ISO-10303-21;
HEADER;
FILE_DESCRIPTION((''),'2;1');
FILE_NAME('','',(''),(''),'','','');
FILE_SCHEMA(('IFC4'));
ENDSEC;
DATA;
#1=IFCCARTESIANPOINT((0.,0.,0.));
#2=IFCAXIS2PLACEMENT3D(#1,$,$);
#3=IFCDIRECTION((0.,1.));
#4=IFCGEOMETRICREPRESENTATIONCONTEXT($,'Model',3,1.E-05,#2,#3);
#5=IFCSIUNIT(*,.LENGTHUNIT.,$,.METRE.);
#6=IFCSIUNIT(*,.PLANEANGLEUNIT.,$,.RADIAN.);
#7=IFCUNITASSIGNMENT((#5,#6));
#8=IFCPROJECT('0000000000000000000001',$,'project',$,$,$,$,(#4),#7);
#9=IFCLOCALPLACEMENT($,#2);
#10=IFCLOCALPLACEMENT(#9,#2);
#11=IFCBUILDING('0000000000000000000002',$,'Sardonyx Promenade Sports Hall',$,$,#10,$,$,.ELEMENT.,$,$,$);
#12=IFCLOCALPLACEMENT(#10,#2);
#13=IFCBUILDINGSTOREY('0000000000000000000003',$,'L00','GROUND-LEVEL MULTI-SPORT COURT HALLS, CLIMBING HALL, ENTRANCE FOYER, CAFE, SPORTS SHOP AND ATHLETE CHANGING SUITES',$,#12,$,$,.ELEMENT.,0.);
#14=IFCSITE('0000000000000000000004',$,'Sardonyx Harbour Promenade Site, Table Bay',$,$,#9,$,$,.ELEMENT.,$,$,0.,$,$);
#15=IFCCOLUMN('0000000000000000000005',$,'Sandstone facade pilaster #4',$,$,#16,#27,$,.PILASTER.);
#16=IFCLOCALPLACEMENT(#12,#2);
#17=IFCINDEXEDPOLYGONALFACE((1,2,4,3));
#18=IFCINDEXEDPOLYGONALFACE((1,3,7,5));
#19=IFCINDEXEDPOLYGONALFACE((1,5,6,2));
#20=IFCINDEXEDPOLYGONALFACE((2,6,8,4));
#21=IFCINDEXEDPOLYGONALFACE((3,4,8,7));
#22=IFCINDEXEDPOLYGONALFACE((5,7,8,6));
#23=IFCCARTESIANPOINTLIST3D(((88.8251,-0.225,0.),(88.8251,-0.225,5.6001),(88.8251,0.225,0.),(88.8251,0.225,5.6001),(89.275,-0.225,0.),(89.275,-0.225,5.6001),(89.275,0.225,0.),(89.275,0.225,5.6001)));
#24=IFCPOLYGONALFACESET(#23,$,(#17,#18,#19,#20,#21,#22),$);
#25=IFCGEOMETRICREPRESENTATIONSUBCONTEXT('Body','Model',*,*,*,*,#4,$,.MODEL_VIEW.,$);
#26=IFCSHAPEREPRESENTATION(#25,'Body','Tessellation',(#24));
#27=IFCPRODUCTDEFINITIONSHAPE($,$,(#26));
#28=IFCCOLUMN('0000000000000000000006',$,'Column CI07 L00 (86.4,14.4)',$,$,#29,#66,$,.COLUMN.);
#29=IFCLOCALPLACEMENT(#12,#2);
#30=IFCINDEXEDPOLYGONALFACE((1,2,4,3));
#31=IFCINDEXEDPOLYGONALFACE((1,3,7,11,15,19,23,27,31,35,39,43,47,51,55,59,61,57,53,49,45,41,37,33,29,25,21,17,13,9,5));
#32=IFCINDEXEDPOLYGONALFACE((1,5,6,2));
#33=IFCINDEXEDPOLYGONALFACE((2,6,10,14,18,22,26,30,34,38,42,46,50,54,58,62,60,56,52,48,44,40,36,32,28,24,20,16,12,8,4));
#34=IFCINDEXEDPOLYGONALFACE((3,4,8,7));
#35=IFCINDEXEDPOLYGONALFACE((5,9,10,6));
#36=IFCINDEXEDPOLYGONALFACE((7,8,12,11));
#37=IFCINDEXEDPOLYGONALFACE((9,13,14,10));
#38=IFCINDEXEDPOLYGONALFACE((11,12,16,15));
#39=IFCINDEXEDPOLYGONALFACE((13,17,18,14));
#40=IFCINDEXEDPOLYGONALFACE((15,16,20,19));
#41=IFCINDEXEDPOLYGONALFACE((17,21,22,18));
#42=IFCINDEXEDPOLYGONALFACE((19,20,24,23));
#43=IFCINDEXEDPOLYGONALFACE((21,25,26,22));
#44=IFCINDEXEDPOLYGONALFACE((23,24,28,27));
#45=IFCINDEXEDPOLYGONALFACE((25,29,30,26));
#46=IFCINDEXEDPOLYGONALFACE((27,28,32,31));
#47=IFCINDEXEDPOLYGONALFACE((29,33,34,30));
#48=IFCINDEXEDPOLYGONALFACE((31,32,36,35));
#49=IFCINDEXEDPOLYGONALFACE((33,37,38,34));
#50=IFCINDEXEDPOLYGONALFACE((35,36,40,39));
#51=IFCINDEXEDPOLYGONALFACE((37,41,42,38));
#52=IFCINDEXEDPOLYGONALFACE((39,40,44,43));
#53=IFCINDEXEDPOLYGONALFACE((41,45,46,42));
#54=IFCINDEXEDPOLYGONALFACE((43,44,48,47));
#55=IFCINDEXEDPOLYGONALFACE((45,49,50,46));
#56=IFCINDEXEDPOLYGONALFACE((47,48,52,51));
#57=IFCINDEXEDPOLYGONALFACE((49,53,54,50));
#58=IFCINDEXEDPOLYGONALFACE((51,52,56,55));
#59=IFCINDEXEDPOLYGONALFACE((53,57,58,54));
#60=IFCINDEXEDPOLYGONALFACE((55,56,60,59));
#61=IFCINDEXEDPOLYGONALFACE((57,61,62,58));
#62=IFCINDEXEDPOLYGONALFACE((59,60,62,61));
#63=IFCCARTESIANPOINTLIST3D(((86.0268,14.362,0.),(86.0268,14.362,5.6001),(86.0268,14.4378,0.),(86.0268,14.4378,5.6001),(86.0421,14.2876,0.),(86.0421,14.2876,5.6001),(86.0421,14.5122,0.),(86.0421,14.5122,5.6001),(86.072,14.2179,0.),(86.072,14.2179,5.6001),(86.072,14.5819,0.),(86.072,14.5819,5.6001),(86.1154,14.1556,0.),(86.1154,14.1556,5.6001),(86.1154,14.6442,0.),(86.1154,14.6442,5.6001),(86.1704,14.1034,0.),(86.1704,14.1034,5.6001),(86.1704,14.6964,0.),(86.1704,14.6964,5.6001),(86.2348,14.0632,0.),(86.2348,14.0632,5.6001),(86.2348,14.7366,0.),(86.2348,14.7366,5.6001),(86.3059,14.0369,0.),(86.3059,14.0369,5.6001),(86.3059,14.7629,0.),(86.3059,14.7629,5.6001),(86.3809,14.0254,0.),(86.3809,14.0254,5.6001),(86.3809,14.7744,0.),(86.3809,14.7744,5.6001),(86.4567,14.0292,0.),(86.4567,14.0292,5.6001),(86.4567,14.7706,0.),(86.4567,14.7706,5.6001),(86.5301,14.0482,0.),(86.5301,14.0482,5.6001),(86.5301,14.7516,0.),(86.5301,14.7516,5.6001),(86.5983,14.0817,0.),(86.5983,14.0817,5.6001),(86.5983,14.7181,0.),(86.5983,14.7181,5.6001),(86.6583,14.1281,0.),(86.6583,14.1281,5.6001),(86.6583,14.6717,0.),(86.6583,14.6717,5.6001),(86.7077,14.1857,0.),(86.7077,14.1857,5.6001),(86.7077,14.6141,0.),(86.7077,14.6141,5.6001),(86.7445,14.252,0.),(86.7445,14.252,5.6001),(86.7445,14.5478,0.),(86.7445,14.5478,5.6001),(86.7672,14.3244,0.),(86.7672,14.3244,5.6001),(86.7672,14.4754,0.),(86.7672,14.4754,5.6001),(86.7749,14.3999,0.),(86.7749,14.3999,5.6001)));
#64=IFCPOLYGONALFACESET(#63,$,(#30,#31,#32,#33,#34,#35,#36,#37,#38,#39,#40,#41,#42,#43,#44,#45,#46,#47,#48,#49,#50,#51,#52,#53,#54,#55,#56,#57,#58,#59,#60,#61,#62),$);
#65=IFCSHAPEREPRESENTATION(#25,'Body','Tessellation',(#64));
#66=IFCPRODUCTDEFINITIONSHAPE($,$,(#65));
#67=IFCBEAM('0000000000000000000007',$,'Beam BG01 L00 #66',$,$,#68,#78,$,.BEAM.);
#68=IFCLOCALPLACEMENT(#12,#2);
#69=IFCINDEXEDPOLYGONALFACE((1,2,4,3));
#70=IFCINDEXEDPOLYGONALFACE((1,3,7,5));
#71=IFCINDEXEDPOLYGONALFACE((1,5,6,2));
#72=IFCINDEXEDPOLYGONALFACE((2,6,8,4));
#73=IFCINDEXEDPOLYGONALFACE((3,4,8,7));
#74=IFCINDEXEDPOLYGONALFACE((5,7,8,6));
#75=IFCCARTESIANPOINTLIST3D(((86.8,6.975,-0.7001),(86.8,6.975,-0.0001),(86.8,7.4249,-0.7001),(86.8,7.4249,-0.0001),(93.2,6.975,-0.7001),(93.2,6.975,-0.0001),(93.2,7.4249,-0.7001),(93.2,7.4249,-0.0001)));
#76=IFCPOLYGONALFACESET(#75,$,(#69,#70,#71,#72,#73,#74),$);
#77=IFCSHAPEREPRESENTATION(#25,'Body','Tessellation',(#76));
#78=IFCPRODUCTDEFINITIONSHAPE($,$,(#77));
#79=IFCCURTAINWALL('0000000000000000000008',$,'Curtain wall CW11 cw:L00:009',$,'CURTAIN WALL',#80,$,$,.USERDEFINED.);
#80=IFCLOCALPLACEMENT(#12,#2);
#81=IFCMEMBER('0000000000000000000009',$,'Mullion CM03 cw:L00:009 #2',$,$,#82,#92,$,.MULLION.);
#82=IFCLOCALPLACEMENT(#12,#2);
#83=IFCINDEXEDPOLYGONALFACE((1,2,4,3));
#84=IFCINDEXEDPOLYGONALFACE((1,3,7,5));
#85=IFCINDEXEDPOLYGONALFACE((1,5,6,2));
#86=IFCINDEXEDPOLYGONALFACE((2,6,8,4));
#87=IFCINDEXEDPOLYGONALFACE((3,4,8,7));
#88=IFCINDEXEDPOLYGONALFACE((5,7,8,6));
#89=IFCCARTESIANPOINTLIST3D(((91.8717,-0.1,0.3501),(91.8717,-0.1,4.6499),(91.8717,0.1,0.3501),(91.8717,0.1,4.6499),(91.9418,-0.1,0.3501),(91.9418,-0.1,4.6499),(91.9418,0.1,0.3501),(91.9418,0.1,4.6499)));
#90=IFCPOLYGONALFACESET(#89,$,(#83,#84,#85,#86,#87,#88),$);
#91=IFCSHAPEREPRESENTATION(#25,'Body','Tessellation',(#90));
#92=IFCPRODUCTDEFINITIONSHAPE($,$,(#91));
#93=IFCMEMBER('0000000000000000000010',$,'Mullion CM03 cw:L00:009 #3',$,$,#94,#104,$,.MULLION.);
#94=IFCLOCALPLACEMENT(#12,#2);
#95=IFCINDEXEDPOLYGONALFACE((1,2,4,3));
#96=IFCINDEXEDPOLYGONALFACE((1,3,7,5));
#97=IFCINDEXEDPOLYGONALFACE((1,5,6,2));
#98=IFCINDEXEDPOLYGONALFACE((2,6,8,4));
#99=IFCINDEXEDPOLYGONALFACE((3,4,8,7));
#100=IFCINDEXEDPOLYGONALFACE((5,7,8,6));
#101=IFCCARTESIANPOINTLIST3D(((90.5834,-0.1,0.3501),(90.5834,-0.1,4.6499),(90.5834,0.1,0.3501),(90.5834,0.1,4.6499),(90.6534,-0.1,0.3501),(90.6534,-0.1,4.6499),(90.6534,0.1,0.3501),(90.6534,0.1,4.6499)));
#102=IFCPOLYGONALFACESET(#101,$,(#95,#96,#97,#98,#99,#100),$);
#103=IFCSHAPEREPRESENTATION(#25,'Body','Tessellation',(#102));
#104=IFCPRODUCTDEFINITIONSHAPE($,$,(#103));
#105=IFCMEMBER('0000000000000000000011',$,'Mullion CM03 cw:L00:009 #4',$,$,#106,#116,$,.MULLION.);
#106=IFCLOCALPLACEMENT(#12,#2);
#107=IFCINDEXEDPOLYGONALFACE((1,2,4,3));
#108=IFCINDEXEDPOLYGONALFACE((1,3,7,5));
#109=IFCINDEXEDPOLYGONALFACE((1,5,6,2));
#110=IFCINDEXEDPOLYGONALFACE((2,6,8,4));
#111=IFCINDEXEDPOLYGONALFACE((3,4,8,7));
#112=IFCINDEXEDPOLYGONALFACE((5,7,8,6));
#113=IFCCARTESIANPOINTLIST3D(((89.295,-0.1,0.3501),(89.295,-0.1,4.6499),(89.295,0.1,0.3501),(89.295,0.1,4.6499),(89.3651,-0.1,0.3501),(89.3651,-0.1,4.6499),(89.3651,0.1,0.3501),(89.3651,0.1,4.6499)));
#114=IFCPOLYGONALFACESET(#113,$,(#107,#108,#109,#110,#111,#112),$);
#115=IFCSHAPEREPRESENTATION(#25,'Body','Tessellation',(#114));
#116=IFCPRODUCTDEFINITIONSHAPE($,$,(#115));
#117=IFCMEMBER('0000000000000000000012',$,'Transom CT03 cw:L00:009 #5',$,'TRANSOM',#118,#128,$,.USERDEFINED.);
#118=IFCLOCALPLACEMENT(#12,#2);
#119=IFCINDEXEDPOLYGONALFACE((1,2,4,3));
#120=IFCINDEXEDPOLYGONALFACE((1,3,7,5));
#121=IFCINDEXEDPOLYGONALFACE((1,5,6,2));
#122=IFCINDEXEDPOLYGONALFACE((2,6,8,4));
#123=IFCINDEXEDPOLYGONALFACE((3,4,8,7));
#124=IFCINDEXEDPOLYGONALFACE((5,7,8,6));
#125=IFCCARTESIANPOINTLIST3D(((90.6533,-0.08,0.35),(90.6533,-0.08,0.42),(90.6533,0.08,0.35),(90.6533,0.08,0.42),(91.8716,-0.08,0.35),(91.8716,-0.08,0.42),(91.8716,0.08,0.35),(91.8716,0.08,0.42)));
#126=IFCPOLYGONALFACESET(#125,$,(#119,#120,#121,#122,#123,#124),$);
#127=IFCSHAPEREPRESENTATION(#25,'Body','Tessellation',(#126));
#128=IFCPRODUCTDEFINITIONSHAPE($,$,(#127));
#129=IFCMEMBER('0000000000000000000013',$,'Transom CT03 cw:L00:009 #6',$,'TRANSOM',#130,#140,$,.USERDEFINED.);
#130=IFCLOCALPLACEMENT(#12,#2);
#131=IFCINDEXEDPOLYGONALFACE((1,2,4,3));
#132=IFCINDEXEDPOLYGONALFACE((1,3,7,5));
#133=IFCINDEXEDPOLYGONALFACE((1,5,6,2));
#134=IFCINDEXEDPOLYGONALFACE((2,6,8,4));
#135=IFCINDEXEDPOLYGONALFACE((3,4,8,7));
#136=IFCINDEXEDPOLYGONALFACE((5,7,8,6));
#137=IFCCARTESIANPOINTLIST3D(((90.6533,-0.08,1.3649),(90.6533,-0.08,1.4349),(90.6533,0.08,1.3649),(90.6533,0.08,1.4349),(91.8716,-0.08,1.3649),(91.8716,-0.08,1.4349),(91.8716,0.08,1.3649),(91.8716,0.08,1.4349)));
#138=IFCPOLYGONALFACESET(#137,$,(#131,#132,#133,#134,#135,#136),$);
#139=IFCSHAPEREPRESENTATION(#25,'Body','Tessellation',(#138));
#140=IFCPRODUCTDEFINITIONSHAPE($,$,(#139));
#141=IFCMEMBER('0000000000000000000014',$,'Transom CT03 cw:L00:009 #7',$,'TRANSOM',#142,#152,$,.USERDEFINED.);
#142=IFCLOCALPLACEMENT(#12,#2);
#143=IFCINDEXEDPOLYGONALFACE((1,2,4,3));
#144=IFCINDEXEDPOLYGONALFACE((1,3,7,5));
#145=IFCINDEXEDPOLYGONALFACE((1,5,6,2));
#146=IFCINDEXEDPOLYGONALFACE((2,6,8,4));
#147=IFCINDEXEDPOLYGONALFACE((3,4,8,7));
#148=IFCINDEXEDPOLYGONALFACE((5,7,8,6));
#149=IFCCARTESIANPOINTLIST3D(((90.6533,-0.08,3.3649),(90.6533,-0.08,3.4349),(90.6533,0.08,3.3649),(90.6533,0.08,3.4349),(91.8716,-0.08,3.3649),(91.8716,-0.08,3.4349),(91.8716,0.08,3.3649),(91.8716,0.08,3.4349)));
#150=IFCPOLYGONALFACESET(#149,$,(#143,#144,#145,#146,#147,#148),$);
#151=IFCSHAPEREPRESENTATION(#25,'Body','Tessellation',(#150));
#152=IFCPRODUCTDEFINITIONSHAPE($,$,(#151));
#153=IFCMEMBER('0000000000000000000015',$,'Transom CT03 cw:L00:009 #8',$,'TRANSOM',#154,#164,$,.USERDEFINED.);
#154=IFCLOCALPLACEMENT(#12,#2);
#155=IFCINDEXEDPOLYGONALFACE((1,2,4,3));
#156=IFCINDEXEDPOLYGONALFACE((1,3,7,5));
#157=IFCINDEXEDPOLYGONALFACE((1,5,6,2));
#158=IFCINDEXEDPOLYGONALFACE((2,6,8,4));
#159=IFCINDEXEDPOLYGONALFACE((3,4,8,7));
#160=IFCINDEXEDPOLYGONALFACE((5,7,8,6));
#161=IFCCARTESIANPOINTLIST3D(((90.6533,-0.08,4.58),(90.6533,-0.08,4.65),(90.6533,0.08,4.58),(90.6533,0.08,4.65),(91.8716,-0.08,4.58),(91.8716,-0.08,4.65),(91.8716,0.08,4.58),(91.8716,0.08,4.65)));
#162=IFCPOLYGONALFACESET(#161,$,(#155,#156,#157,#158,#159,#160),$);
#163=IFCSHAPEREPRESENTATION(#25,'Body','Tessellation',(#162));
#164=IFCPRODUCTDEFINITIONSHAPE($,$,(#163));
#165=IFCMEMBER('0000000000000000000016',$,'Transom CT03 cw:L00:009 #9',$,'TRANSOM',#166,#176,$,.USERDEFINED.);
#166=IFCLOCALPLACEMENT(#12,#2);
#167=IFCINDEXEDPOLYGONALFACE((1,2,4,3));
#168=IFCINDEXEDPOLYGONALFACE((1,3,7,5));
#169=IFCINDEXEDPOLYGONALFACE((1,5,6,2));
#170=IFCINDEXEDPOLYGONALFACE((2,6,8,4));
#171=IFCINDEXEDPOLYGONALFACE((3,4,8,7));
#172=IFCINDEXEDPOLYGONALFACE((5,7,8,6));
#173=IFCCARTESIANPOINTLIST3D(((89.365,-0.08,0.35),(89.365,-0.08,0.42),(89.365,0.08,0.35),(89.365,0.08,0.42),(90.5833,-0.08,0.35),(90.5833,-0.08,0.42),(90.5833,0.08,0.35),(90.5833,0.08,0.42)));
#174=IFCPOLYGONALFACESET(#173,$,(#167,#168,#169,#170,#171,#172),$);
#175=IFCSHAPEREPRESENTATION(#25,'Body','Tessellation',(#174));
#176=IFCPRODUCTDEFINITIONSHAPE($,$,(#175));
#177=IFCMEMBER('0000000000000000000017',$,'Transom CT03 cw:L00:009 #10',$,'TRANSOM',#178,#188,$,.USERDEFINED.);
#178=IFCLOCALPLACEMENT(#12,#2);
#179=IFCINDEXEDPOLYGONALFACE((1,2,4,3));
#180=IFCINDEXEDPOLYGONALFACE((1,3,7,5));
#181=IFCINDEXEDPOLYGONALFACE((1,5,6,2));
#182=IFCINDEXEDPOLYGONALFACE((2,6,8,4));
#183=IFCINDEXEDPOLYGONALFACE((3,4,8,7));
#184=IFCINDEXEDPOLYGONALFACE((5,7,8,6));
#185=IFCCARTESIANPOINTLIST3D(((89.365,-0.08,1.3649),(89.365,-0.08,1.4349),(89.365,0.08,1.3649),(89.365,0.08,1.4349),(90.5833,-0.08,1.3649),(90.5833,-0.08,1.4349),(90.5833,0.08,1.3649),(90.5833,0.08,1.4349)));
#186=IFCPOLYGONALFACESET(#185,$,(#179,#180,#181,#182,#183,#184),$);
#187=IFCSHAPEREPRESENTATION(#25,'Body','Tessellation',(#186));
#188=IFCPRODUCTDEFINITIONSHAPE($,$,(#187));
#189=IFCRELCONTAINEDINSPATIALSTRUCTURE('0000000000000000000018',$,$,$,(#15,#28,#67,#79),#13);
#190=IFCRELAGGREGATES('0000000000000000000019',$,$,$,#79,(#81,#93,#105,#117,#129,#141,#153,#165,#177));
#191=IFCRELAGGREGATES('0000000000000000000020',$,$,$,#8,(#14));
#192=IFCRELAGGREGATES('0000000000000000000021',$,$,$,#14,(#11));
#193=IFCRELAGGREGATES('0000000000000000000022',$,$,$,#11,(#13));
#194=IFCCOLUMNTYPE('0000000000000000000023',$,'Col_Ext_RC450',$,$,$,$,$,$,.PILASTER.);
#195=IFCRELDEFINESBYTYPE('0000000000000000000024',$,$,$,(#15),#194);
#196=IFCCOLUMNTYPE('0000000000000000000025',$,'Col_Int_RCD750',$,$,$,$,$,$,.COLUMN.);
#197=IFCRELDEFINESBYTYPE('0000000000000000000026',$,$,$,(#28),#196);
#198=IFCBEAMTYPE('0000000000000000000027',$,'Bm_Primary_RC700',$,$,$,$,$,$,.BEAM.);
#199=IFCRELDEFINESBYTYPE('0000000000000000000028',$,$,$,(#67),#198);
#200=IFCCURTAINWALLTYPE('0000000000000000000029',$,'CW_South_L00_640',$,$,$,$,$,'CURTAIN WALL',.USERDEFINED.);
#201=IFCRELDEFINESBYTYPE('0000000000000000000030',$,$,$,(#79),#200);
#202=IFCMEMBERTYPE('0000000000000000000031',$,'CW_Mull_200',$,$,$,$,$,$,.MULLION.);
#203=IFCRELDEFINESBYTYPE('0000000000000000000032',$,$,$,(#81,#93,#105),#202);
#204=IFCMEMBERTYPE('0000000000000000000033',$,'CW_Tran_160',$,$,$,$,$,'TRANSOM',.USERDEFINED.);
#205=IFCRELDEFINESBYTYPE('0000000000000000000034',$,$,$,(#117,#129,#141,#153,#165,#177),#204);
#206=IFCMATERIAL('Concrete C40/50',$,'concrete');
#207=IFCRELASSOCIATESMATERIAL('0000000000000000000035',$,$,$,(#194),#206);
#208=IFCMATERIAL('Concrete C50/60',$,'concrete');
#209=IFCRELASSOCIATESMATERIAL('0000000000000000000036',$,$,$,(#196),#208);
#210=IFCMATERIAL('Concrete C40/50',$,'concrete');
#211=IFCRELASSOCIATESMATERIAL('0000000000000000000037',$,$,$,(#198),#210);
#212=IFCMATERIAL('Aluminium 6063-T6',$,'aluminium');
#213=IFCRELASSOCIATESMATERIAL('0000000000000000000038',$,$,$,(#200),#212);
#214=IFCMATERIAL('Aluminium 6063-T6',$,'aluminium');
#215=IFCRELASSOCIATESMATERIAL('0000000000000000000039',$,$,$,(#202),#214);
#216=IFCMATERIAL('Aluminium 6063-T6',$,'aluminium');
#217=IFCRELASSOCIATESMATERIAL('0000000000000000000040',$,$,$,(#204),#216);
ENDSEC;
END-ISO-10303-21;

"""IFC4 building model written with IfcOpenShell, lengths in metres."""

from ifc_helpers import new_model, si_unit, direction, frame, origin, origin_2d, place, context, subcontext, project, spatial, rectangle, circle, extrude, material, material_profile, profile_set, type_object, element, aggregate, save


model = new_model("IFC4")

# Units and contexts
model_context = context("Model", 3, precision=1e-05, world=origin(), true_north=direction((0.0, 1.0)))
body_context = subcontext(model_context, "Body", "Model", "MODEL_VIEW")
ifc_project = project(units=[si_unit("LENGTHUNIT", "METRE"), si_unit("PLANEANGLEUNIT", "RADIAN")], contexts=[model_context])

# Site, building, storey
site_placement = place(None, origin())
site = spatial("IfcSite", under=ifc_project, at=site_placement, Name="Sardonyx Harbour Promenade Site, Table Bay", CompositionType="ELEMENT", RefElevation=0.0)
building_placement = place(site_placement, origin())
building = spatial("IfcBuilding", under=site, at=building_placement, Name="Sardonyx Promenade Sports Hall", CompositionType="ELEMENT")
storey_placement = place(building_placement, origin())
storey = spatial("IfcBuildingStorey", under=building, at=storey_placement, Name="L00", Description="GROUND-LEVEL MULTI-SPORT COURT HALLS, CLIMBING HALL, ENTRANCE FOYER, CAFE, SPORTS SHOP AND ATHLETE CHANGING SUITES", CompositionType="ELEMENT", Elevation=0.0)

# Columns
ifc_material_1 = material(Name="Concrete C40/50", Category="concrete")
ifc_material_profile_1 = material_profile(ifc_material_1, rectangle(XDim=0.45, YDim=0.45, at=origin_2d()))
ifc_profile_set_1 = profile_set([ifc_material_profile_1], Name="Concrete C40/50")
column_type_1 = type_object("IfcColumnType", Name="Col_Ext_RC450", PredefinedType="PILASTER", material=ifc_profile_set_1)
column_1_placement = place(storey_placement, frame((89.05, 0.0, 0.0), z_axis=(0.0, 0.0, 1.0), x_axis=(1.0, 0.0, 0.0)))
element("IfcColumn", 1, at=column_1_placement, inside=storey, type_object=column_type_1, Name="Sandstone facade pilaster #4", PredefinedType="PILASTER", context=body_context, shape_type="SweptSolid", body=[
    extrude(rectangle(XDim=0.45, YDim=0.45, at=origin_2d()), origin(), (0.0, 0.0, 1.0), 5.6001),
])
ifc_material_2 = material(Name="Concrete C50/60", Category="concrete")
ifc_material_profile_2 = material_profile(ifc_material_2, circle(Radius=0.375, at=origin_2d()))
ifc_profile_set_2 = profile_set([ifc_material_profile_2], Name="Concrete C50/60")
column_type_2 = type_object("IfcColumnType", Name="Col_Int_RCD750", PredefinedType="COLUMN", material=ifc_profile_set_2)
column_2_placement = place(storey_placement, frame((86.3999, 14.3999, 0.0), z_axis=(0.0, 0.0, 1.0), x_axis=(1.0, 0.0, 0.0)))
element("IfcColumn", 2, at=column_2_placement, inside=storey, type_object=column_type_2, Name="Column CI07 L00 (86.4,14.4)", PredefinedType="COLUMN", context=body_context, shape_type="SweptSolid", body=[
    extrude(circle(Radius=0.375, at=origin_2d()), origin(), (0.0, 0.0, 1.0), 5.6001),
])

# Beam
ifc_material_3 = material(Name="Concrete C40/50", Category="concrete")
ifc_material_profile_3 = material_profile(ifc_material_3, rectangle(XDim=0.45, YDim=0.7, at=origin_2d()))
ifc_profile_set_3 = profile_set([ifc_material_profile_3], Name="Concrete C40/50")
beam_type = type_object("IfcBeamType", Name="Bm_Primary_RC700", PredefinedType="BEAM", material=ifc_profile_set_3)
beam_placement = place(storey_placement, frame((86.8, 7.2, -0.3501), z_axis=(1.0, 0.0, 0.0), x_axis=(0.0, 1.0, 0.0)))
element("IfcBeam", 3, at=beam_placement, inside=storey, type_object=beam_type, Name="Beam BG01 L00 #66", PredefinedType="BEAM", context=body_context, shape_type="SweptSolid", body=[
    extrude(rectangle(XDim=0.45, YDim=0.7, at=origin_2d()), origin(), (0.0, 0.0, 1.0), 6.3999),
])

# Curtain wall, members
ifc_material_4 = material(Name="Aluminium 6063-T6", Category="aluminium")
curtain_wall_type = type_object("IfcCurtainWallType", Name="CW_South_L00_640", ElementType="CURTAIN WALL", PredefinedType="USERDEFINED", material=ifc_material_4)
curtain_wall_placement = place(storey_placement, origin())
curtain_wall = element("IfcCurtainWall", 4, at=curtain_wall_placement, inside=storey, type_object=curtain_wall_type, Name="Curtain wall CW11 cw:L00:009", ObjectType="CURTAIN WALL", PredefinedType="USERDEFINED")
ifc_material_5 = material(Name="Aluminium 6063-T6", Category="aluminium")
ifc_material_profile_4 = material_profile(ifc_material_5, rectangle(XDim=0.0701, YDim=0.2, at=origin_2d()))
ifc_profile_set_4 = profile_set([ifc_material_profile_4], Name="Aluminium 6063-T6")
member_type_1 = type_object("IfcMemberType", Name="CW_Mull_200", PredefinedType="MULLION", material=ifc_profile_set_4)
member_1_placement = place(storey_placement, frame((91.9067, 0.0, 0.3501), z_axis=(0.0, 0.0, 1.0), x_axis=(-1.0, 0.0, 0.0)))
member_1 = element("IfcMember", 5, at=member_1_placement, type_object=member_type_1, Name="Mullion CM03 cw:L00:009 #2", PredefinedType="MULLION", context=body_context, shape_type="SweptSolid", body=[
    extrude(rectangle(XDim=0.0701, YDim=0.2, at=origin_2d()), origin(), (0.0, 0.0, 1.0), 4.2998),
])
member_2_placement = place(storey_placement, frame((90.6184, 0.0, 0.3501), z_axis=(0.0, 0.0, 1.0), x_axis=(-1.0, 0.0, 0.0)))
member_2 = element("IfcMember", 6, at=member_2_placement, type_object=member_type_1, Name="Mullion CM03 cw:L00:009 #3", PredefinedType="MULLION", context=body_context, shape_type="SweptSolid", body=[
    extrude(rectangle(XDim=0.0701, YDim=0.2, at=origin_2d()), origin(), (0.0, 0.0, 1.0), 4.2998),
])
member_3_placement = place(storey_placement, frame((89.3301, 0.0, 0.3501), z_axis=(0.0, 0.0, 1.0), x_axis=(-1.0, 0.0, 0.0)))
member_3 = element("IfcMember", 7, at=member_3_placement, type_object=member_type_1, Name="Mullion CM03 cw:L00:009 #4", PredefinedType="MULLION", context=body_context, shape_type="SweptSolid", body=[
    extrude(rectangle(XDim=0.0701, YDim=0.2, at=origin_2d()), origin(), (0.0, 0.0, 1.0), 4.2998),
])
ifc_material_6 = material(Name="Aluminium 6063-T6", Category="aluminium")
ifc_material_profile_5 = material_profile(ifc_material_6, rectangle(XDim=0.0701, YDim=0.1599, at=origin_2d()))
ifc_profile_set_5 = profile_set([ifc_material_profile_5], Name="Aluminium 6063-T6")
member_type_2 = type_object("IfcMemberType", Name="CW_Tran_160", ElementType="TRANSOM", PredefinedType="USERDEFINED", material=ifc_profile_set_5)
member_4_placement = place(storey_placement, frame((91.8716, 0.0, 0.385), z_axis=(-1.0, 0.0, 0.0), x_axis=(0.0, 0.0, 1.0)))
member_4 = element("IfcMember", 8, at=member_4_placement, type_object=member_type_2, Name="Transom CT03 cw:L00:009 #5", ObjectType="TRANSOM", PredefinedType="USERDEFINED", context=body_context, shape_type="SweptSolid", body=[
    extrude(rectangle(XDim=0.0701, YDim=0.1599, at=origin_2d()), origin(), (0.0, 0.0, 1.0), 1.2183),
])
member_5_placement = place(storey_placement, frame((91.8716, 0.0, 1.3999), z_axis=(-1.0, 0.0, 0.0), x_axis=(0.0, 0.0, 1.0)))
member_5 = element("IfcMember", 9, at=member_5_placement, type_object=member_type_2, Name="Transom CT03 cw:L00:009 #6", ObjectType="TRANSOM", PredefinedType="USERDEFINED", context=body_context, shape_type="SweptSolid", body=[
    extrude(rectangle(XDim=0.0701, YDim=0.1599, at=origin_2d()), origin(), (0.0, 0.0, 1.0), 1.2183),
])
member_6_placement = place(storey_placement, frame((91.8716, 0.0, 3.3999), z_axis=(-1.0, 0.0, 0.0), x_axis=(0.0, 0.0, 1.0)))
member_6 = element("IfcMember", 10, at=member_6_placement, type_object=member_type_2, Name="Transom CT03 cw:L00:009 #7", ObjectType="TRANSOM", PredefinedType="USERDEFINED", context=body_context, shape_type="SweptSolid", body=[
    extrude(rectangle(XDim=0.0701, YDim=0.1599, at=origin_2d()), origin(), (0.0, 0.0, 1.0), 1.2183),
])
member_7_placement = place(storey_placement, frame((91.8716, 0.0, 4.615), z_axis=(-1.0, 0.0, 0.0), x_axis=(0.0, 0.0, 1.0)))
member_7 = element("IfcMember", 11, at=member_7_placement, type_object=member_type_2, Name="Transom CT03 cw:L00:009 #8", ObjectType="TRANSOM", PredefinedType="USERDEFINED", context=body_context, shape_type="SweptSolid", body=[
    extrude(rectangle(XDim=0.0701, YDim=0.1599, at=origin_2d()), origin(), (0.0, 0.0, 1.0), 1.2183),
])
member_8_placement = place(storey_placement, frame((90.5833, 0.0, 0.385), z_axis=(-1.0, 0.0, 0.0), x_axis=(0.0, 0.0, 1.0)))
member_8 = element("IfcMember", 12, at=member_8_placement, type_object=member_type_2, Name="Transom CT03 cw:L00:009 #9", ObjectType="TRANSOM", PredefinedType="USERDEFINED", context=body_context, shape_type="SweptSolid", body=[
    extrude(rectangle(XDim=0.0701, YDim=0.1599, at=origin_2d()), origin(), (0.0, 0.0, 1.0), 1.2183),
])
member_9_placement = place(storey_placement, frame((90.5833, 0.0, 1.3999), z_axis=(-1.0, 0.0, 0.0), x_axis=(0.0, 0.0, 1.0)))
member_9 = element("IfcMember", 13, at=member_9_placement, type_object=member_type_2, Name="Transom CT03 cw:L00:009 #10", ObjectType="TRANSOM", PredefinedType="USERDEFINED", context=body_context, shape_type="SweptSolid", body=[
    extrude(rectangle(XDim=0.0701, YDim=0.1599, at=origin_2d()), origin(), (0.0, 0.0, 1.0), 1.2183),
])
aggregate(curtain_wall, [member_1, member_2, member_3, member_4, member_5, member_6, member_7, member_8, member_9])

save(model, "model.ifc")
